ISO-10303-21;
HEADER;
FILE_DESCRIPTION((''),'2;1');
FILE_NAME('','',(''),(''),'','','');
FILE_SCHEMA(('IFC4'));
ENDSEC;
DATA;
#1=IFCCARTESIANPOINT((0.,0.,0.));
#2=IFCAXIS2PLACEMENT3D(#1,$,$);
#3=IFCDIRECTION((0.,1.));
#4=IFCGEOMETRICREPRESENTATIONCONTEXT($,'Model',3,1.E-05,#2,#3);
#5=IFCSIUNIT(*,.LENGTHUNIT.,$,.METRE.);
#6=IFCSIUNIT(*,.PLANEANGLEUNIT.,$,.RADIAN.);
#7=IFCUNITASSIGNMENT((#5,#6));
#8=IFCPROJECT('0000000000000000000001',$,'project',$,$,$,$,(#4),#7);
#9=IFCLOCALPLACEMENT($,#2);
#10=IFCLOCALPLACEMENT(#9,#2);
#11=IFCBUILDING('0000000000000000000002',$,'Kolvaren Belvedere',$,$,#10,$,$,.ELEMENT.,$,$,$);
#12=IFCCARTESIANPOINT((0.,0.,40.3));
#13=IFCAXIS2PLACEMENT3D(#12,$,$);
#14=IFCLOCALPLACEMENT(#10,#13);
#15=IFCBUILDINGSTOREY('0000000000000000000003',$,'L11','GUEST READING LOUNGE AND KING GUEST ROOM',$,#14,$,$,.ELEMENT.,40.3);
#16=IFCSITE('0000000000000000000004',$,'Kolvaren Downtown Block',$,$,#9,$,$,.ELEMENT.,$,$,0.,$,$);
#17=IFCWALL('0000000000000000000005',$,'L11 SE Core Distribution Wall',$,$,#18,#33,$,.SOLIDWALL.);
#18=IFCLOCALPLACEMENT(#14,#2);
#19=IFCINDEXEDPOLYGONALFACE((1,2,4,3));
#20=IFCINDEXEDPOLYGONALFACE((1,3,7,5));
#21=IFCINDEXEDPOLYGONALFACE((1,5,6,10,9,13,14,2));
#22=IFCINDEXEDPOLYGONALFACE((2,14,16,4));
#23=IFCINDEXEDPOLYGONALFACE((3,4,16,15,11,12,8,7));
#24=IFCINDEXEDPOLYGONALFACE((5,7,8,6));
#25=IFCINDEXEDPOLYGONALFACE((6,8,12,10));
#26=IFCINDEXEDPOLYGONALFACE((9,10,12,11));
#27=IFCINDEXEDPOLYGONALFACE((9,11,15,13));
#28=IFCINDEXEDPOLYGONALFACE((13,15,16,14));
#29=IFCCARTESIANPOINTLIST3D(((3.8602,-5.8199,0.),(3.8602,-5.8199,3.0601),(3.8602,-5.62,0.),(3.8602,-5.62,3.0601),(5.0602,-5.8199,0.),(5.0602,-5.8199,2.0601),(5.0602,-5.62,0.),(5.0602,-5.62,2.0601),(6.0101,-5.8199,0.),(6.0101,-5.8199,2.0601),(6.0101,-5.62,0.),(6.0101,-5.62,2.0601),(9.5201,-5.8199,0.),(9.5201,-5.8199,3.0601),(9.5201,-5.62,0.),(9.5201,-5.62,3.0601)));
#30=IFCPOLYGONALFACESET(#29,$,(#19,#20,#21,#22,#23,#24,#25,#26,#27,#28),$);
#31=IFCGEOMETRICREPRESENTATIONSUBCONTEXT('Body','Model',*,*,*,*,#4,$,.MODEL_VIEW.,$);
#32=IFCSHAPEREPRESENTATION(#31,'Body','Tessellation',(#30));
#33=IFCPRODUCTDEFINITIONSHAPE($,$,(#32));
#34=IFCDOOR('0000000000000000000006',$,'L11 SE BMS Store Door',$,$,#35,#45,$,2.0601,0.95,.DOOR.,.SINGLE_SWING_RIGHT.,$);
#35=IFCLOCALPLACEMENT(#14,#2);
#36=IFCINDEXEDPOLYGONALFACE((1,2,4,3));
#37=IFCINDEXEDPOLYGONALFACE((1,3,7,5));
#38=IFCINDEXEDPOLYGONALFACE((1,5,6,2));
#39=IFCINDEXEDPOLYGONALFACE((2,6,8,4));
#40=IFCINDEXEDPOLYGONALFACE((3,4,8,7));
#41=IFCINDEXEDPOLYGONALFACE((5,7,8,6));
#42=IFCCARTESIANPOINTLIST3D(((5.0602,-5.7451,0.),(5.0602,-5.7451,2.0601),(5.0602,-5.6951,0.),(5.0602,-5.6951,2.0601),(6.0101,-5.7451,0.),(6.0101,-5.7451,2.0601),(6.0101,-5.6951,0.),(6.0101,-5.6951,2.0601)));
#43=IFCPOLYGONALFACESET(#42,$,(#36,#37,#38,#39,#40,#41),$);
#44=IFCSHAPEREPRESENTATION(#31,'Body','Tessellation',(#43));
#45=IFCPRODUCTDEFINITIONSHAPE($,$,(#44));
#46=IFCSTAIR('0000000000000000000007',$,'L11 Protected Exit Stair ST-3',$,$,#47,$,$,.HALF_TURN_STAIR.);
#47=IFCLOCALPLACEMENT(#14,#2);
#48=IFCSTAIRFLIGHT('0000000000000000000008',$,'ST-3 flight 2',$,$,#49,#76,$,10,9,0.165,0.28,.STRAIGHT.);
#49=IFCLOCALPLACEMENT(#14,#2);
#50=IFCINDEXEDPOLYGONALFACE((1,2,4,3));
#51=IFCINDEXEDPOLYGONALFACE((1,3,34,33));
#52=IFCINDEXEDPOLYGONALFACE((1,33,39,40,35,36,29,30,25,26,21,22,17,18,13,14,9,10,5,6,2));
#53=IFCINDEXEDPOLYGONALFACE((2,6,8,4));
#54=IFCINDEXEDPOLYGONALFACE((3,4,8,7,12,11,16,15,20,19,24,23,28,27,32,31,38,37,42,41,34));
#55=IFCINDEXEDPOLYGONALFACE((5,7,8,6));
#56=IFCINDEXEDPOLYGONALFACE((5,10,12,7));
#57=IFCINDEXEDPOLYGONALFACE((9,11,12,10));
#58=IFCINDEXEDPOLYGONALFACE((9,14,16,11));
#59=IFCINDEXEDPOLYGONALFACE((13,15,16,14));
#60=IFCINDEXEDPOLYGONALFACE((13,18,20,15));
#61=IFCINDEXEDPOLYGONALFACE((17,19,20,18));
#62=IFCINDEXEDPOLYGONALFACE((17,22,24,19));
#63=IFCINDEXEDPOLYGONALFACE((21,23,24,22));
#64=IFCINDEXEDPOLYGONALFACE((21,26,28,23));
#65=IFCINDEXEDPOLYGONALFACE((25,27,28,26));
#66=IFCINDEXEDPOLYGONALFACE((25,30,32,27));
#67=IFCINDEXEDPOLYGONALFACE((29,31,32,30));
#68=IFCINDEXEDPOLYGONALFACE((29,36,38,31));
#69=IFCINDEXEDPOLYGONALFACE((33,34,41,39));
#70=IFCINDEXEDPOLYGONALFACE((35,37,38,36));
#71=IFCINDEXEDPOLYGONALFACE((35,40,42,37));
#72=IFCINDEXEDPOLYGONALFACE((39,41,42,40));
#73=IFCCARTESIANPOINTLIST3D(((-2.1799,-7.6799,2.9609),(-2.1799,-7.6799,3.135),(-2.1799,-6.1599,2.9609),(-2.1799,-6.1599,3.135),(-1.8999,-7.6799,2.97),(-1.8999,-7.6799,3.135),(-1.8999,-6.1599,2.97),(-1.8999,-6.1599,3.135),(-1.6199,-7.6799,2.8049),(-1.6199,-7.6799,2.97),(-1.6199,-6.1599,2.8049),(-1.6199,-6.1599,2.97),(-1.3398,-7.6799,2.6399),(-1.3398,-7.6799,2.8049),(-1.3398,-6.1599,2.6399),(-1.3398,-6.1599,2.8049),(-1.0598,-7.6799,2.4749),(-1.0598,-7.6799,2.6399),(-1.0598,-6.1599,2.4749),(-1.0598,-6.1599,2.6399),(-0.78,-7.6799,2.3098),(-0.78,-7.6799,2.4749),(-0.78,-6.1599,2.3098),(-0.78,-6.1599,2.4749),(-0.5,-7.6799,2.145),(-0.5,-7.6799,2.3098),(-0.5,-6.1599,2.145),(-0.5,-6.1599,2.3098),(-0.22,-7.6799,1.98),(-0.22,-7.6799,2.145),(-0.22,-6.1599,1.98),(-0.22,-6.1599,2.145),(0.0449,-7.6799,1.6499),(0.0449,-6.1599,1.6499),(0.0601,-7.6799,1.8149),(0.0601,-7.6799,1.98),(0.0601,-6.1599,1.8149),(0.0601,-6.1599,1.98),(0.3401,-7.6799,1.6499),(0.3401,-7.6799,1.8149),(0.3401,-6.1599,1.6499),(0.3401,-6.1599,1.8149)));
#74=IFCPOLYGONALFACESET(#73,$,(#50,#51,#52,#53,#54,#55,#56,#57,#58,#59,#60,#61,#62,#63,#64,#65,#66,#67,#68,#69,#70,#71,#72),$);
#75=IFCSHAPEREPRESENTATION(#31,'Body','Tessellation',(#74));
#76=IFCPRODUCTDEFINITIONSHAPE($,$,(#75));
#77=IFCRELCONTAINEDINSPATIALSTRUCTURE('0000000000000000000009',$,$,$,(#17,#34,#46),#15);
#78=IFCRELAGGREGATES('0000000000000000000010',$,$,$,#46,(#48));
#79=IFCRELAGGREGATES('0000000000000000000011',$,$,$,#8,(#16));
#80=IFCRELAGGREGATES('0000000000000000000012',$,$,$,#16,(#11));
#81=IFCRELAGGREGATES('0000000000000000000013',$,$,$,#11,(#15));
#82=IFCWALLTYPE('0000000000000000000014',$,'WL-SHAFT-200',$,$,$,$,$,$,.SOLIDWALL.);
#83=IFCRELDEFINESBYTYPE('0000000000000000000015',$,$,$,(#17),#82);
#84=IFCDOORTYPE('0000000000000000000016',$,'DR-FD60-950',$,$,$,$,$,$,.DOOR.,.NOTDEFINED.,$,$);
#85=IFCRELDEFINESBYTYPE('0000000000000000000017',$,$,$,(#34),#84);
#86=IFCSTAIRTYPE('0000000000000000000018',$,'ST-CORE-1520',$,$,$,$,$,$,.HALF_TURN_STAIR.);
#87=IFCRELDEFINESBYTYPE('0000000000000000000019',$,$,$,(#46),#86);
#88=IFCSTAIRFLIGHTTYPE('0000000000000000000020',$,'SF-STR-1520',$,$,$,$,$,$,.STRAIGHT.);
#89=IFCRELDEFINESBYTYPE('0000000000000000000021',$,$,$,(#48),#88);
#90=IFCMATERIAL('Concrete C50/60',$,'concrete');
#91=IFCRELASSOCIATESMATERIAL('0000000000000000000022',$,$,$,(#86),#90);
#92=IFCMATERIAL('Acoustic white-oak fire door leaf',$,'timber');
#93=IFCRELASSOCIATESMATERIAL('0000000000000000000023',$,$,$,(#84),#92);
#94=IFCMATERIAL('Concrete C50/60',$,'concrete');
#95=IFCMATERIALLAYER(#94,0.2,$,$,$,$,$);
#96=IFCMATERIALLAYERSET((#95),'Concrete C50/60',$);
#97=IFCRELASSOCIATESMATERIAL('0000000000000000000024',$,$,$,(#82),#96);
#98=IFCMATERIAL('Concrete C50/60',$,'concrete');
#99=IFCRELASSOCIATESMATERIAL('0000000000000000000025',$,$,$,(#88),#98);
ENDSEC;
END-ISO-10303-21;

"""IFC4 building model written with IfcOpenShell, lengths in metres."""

from ifc_helpers import new_model, si_unit, direction, frame, frame_2d, origin, place, context, subcontext, project, spatial, polyline, rectangle, outline, extrude, material, layer, layer_set, type_object, element, fill, aggregate, save


model = new_model("IFC4")

# Units and contexts
model_context = context("Model", 3, precision=1e-05, world=origin(), true_north=direction((0.0, 1.0)))
body_context = subcontext(model_context, "Body", "Model", "MODEL_VIEW")
ifc_project = project(units=[si_unit("LENGTHUNIT", "METRE"), si_unit("PLANEANGLEUNIT", "RADIAN")], contexts=[model_context])

# Site, building, storey
site_placement = place(None, origin())
site = spatial("IfcSite", under=ifc_project, at=site_placement, Name="Kolvaren Downtown Block", CompositionType="ELEMENT", RefElevation=0.0)
building_placement = place(site_placement, origin())
building = spatial("IfcBuilding", under=site, at=building_placement, Name="Kolvaren Belvedere", CompositionType="ELEMENT")
storey_placement = place(building_placement, frame((0.0, 0.0, 40.3)))
storey = spatial("IfcBuildingStorey", under=building, at=storey_placement, Name="L11", Description="GUEST READING LOUNGE AND KING GUEST ROOM", CompositionType="ELEMENT", Elevation=40.3)

# Shared definitions
ifc_material_1 = material(Name="Concrete C50/60", Category="concrete")
stair_type = type_object("IfcStairType", Name="ST-CORE-1520", PredefinedType="HALF_TURN_STAIR", material=ifc_material_1)

# Shared definitions
ifc_material_2 = material(Name="Acoustic white-oak fire door leaf", Category="timber")
door_type_1 = type_object("IfcDoorType", Name="DR-FD60-950", OperationType="NOTDEFINED", PredefinedType="DOOR", material=ifc_material_2)

# Shared definitions
ifc_material_3 = material(Name="Concrete C50/60", Category="concrete")
ifc_layer_1 = layer(ifc_material_3, 0.2)
ifc_layer_set_1 = layer_set([ifc_layer_1], Name="Concrete C50/60")
wall_type_1 = type_object("IfcWallType", Name="WL-SHAFT-200", PredefinedType="SOLIDWALL", material=ifc_layer_set_1)

# Wall, opening, door
wall_1_placement = place(storey_placement, frame((3.8601, -5.72, 0.0), z_axis=(0.0, 0.0, 1.0), x_axis=(1.0, 0.0, 0.0)))
wall_1 = element("IfcWall", 1, at=wall_1_placement, inside=storey, type_object=wall_type_1, Name="L11 SE Core Distribution Wall", PredefinedType="SOLIDWALL", context=body_context, shape_type="SweptSolid", body=[
    extrude(rectangle(XDim=5.6599, YDim=0.2, at=frame_2d((2.8301, 0.0))), origin(), (0.0, 0.0, 1.0), 3.0601),
])
opening_1_placement = place(wall_1_placement, frame((1.2, 0.0, 0.0)))
opening_1 = element("IfcOpeningElement", 2, at=opening_1_placement, cuts=wall_1, PredefinedType="OPENING", context=body_context, shape_type="SweptSolid", body=[
    extrude(rectangle(XDim=0.95, YDim=2.0601, at=frame_2d((0.4751, 1.03))), frame((0.0, 0.1099, 0.0), z_axis=(0.0, -1.0, 0.0), x_axis=(1.0, 0.0, 0.0)), (0.0, 0.0, 1.0), 0.22),
])
door_1_placement = place(opening_1_placement, origin())
door_1 = element("IfcDoor", 3, at=door_1_placement, inside=storey, type_object=door_type_1, Name="L11 SE BMS Store Door", OperationType="SINGLE_SWING_RIGHT", OverallHeight=2.0601, OverallWidth=0.95, PredefinedType="DOOR", context=body_context, shape_type="SweptSolid", body=[
    extrude(rectangle(XDim=0.95, YDim=2.0601, at=frame_2d((0.4751, 1.03))), frame((0.0, 0.0249, 0.0), z_axis=(0.0, -1.0, 0.0), x_axis=(1.0, 0.0, 0.0)), (0.0, 0.0, 1.0), 0.05),
])
fill(opening_1, door_1)

# Stair, stair flight
stair_1_placement = place(storey_placement, origin())
stair_1 = element("IfcStair", 4, at=stair_1_placement, inside=storey, type_object=stair_type, Name="L11 Protected Exit Stair ST-3", PredefinedType="HALF_TURN_STAIR")
ifc_material_4 = material(Name="Concrete C50/60", Category="concrete")
stair_flight_type = type_object("IfcStairFlightType", Name="SF-STR-1520", PredefinedType="STRAIGHT", material=ifc_material_4)
stair_flight_placement = place(storey_placement, frame((0.3401, -6.9199, 1.6499), z_axis=(0.0, 0.0, 1.0), x_axis=(-1.0, 0.0, 0.0)))
stair_flight = element("IfcStairFlight", 5, at=stair_flight_placement, type_object=stair_flight_type, Name="ST-3 flight 2", NumberOfRisers=10, NumberOfTreads=9, PredefinedType="STRAIGHT", RiserHeight=0.165, TreadLength=0.28, context=body_context, shape_type="SweptSolid", body=[
    extrude(outline(polyline([(0.0, 0.0), (0.0, 0.165), (0.28, 0.165), (0.28, 0.3301), (0.5601, 0.3301), (0.5601, 0.4951), (0.8401, 0.4951), (0.8401, 0.6599), (1.1201, 0.6599), (1.1201, 0.825), (1.3999, 0.825), (1.3999, 0.99), (1.6799, 0.99), (1.6799, 1.155), (1.96, 1.155), (1.96, 1.3201), (2.24, 1.3201), (2.24, 1.4851), (2.52, 1.4851), (2.52, 1.6499), (2.52, 1.311), (0.2952, 0.0), (0.0, 0.0)])), frame((0.0, 0.76, 0.0), z_axis=(0.0, -1.0, 0.0), x_axis=(1.0, 0.0, 0.0)), (0.0, 0.0, 1.0), 1.52),
])
aggregate(stair_1, [stair_flight])

save(model, "model.ifc")
